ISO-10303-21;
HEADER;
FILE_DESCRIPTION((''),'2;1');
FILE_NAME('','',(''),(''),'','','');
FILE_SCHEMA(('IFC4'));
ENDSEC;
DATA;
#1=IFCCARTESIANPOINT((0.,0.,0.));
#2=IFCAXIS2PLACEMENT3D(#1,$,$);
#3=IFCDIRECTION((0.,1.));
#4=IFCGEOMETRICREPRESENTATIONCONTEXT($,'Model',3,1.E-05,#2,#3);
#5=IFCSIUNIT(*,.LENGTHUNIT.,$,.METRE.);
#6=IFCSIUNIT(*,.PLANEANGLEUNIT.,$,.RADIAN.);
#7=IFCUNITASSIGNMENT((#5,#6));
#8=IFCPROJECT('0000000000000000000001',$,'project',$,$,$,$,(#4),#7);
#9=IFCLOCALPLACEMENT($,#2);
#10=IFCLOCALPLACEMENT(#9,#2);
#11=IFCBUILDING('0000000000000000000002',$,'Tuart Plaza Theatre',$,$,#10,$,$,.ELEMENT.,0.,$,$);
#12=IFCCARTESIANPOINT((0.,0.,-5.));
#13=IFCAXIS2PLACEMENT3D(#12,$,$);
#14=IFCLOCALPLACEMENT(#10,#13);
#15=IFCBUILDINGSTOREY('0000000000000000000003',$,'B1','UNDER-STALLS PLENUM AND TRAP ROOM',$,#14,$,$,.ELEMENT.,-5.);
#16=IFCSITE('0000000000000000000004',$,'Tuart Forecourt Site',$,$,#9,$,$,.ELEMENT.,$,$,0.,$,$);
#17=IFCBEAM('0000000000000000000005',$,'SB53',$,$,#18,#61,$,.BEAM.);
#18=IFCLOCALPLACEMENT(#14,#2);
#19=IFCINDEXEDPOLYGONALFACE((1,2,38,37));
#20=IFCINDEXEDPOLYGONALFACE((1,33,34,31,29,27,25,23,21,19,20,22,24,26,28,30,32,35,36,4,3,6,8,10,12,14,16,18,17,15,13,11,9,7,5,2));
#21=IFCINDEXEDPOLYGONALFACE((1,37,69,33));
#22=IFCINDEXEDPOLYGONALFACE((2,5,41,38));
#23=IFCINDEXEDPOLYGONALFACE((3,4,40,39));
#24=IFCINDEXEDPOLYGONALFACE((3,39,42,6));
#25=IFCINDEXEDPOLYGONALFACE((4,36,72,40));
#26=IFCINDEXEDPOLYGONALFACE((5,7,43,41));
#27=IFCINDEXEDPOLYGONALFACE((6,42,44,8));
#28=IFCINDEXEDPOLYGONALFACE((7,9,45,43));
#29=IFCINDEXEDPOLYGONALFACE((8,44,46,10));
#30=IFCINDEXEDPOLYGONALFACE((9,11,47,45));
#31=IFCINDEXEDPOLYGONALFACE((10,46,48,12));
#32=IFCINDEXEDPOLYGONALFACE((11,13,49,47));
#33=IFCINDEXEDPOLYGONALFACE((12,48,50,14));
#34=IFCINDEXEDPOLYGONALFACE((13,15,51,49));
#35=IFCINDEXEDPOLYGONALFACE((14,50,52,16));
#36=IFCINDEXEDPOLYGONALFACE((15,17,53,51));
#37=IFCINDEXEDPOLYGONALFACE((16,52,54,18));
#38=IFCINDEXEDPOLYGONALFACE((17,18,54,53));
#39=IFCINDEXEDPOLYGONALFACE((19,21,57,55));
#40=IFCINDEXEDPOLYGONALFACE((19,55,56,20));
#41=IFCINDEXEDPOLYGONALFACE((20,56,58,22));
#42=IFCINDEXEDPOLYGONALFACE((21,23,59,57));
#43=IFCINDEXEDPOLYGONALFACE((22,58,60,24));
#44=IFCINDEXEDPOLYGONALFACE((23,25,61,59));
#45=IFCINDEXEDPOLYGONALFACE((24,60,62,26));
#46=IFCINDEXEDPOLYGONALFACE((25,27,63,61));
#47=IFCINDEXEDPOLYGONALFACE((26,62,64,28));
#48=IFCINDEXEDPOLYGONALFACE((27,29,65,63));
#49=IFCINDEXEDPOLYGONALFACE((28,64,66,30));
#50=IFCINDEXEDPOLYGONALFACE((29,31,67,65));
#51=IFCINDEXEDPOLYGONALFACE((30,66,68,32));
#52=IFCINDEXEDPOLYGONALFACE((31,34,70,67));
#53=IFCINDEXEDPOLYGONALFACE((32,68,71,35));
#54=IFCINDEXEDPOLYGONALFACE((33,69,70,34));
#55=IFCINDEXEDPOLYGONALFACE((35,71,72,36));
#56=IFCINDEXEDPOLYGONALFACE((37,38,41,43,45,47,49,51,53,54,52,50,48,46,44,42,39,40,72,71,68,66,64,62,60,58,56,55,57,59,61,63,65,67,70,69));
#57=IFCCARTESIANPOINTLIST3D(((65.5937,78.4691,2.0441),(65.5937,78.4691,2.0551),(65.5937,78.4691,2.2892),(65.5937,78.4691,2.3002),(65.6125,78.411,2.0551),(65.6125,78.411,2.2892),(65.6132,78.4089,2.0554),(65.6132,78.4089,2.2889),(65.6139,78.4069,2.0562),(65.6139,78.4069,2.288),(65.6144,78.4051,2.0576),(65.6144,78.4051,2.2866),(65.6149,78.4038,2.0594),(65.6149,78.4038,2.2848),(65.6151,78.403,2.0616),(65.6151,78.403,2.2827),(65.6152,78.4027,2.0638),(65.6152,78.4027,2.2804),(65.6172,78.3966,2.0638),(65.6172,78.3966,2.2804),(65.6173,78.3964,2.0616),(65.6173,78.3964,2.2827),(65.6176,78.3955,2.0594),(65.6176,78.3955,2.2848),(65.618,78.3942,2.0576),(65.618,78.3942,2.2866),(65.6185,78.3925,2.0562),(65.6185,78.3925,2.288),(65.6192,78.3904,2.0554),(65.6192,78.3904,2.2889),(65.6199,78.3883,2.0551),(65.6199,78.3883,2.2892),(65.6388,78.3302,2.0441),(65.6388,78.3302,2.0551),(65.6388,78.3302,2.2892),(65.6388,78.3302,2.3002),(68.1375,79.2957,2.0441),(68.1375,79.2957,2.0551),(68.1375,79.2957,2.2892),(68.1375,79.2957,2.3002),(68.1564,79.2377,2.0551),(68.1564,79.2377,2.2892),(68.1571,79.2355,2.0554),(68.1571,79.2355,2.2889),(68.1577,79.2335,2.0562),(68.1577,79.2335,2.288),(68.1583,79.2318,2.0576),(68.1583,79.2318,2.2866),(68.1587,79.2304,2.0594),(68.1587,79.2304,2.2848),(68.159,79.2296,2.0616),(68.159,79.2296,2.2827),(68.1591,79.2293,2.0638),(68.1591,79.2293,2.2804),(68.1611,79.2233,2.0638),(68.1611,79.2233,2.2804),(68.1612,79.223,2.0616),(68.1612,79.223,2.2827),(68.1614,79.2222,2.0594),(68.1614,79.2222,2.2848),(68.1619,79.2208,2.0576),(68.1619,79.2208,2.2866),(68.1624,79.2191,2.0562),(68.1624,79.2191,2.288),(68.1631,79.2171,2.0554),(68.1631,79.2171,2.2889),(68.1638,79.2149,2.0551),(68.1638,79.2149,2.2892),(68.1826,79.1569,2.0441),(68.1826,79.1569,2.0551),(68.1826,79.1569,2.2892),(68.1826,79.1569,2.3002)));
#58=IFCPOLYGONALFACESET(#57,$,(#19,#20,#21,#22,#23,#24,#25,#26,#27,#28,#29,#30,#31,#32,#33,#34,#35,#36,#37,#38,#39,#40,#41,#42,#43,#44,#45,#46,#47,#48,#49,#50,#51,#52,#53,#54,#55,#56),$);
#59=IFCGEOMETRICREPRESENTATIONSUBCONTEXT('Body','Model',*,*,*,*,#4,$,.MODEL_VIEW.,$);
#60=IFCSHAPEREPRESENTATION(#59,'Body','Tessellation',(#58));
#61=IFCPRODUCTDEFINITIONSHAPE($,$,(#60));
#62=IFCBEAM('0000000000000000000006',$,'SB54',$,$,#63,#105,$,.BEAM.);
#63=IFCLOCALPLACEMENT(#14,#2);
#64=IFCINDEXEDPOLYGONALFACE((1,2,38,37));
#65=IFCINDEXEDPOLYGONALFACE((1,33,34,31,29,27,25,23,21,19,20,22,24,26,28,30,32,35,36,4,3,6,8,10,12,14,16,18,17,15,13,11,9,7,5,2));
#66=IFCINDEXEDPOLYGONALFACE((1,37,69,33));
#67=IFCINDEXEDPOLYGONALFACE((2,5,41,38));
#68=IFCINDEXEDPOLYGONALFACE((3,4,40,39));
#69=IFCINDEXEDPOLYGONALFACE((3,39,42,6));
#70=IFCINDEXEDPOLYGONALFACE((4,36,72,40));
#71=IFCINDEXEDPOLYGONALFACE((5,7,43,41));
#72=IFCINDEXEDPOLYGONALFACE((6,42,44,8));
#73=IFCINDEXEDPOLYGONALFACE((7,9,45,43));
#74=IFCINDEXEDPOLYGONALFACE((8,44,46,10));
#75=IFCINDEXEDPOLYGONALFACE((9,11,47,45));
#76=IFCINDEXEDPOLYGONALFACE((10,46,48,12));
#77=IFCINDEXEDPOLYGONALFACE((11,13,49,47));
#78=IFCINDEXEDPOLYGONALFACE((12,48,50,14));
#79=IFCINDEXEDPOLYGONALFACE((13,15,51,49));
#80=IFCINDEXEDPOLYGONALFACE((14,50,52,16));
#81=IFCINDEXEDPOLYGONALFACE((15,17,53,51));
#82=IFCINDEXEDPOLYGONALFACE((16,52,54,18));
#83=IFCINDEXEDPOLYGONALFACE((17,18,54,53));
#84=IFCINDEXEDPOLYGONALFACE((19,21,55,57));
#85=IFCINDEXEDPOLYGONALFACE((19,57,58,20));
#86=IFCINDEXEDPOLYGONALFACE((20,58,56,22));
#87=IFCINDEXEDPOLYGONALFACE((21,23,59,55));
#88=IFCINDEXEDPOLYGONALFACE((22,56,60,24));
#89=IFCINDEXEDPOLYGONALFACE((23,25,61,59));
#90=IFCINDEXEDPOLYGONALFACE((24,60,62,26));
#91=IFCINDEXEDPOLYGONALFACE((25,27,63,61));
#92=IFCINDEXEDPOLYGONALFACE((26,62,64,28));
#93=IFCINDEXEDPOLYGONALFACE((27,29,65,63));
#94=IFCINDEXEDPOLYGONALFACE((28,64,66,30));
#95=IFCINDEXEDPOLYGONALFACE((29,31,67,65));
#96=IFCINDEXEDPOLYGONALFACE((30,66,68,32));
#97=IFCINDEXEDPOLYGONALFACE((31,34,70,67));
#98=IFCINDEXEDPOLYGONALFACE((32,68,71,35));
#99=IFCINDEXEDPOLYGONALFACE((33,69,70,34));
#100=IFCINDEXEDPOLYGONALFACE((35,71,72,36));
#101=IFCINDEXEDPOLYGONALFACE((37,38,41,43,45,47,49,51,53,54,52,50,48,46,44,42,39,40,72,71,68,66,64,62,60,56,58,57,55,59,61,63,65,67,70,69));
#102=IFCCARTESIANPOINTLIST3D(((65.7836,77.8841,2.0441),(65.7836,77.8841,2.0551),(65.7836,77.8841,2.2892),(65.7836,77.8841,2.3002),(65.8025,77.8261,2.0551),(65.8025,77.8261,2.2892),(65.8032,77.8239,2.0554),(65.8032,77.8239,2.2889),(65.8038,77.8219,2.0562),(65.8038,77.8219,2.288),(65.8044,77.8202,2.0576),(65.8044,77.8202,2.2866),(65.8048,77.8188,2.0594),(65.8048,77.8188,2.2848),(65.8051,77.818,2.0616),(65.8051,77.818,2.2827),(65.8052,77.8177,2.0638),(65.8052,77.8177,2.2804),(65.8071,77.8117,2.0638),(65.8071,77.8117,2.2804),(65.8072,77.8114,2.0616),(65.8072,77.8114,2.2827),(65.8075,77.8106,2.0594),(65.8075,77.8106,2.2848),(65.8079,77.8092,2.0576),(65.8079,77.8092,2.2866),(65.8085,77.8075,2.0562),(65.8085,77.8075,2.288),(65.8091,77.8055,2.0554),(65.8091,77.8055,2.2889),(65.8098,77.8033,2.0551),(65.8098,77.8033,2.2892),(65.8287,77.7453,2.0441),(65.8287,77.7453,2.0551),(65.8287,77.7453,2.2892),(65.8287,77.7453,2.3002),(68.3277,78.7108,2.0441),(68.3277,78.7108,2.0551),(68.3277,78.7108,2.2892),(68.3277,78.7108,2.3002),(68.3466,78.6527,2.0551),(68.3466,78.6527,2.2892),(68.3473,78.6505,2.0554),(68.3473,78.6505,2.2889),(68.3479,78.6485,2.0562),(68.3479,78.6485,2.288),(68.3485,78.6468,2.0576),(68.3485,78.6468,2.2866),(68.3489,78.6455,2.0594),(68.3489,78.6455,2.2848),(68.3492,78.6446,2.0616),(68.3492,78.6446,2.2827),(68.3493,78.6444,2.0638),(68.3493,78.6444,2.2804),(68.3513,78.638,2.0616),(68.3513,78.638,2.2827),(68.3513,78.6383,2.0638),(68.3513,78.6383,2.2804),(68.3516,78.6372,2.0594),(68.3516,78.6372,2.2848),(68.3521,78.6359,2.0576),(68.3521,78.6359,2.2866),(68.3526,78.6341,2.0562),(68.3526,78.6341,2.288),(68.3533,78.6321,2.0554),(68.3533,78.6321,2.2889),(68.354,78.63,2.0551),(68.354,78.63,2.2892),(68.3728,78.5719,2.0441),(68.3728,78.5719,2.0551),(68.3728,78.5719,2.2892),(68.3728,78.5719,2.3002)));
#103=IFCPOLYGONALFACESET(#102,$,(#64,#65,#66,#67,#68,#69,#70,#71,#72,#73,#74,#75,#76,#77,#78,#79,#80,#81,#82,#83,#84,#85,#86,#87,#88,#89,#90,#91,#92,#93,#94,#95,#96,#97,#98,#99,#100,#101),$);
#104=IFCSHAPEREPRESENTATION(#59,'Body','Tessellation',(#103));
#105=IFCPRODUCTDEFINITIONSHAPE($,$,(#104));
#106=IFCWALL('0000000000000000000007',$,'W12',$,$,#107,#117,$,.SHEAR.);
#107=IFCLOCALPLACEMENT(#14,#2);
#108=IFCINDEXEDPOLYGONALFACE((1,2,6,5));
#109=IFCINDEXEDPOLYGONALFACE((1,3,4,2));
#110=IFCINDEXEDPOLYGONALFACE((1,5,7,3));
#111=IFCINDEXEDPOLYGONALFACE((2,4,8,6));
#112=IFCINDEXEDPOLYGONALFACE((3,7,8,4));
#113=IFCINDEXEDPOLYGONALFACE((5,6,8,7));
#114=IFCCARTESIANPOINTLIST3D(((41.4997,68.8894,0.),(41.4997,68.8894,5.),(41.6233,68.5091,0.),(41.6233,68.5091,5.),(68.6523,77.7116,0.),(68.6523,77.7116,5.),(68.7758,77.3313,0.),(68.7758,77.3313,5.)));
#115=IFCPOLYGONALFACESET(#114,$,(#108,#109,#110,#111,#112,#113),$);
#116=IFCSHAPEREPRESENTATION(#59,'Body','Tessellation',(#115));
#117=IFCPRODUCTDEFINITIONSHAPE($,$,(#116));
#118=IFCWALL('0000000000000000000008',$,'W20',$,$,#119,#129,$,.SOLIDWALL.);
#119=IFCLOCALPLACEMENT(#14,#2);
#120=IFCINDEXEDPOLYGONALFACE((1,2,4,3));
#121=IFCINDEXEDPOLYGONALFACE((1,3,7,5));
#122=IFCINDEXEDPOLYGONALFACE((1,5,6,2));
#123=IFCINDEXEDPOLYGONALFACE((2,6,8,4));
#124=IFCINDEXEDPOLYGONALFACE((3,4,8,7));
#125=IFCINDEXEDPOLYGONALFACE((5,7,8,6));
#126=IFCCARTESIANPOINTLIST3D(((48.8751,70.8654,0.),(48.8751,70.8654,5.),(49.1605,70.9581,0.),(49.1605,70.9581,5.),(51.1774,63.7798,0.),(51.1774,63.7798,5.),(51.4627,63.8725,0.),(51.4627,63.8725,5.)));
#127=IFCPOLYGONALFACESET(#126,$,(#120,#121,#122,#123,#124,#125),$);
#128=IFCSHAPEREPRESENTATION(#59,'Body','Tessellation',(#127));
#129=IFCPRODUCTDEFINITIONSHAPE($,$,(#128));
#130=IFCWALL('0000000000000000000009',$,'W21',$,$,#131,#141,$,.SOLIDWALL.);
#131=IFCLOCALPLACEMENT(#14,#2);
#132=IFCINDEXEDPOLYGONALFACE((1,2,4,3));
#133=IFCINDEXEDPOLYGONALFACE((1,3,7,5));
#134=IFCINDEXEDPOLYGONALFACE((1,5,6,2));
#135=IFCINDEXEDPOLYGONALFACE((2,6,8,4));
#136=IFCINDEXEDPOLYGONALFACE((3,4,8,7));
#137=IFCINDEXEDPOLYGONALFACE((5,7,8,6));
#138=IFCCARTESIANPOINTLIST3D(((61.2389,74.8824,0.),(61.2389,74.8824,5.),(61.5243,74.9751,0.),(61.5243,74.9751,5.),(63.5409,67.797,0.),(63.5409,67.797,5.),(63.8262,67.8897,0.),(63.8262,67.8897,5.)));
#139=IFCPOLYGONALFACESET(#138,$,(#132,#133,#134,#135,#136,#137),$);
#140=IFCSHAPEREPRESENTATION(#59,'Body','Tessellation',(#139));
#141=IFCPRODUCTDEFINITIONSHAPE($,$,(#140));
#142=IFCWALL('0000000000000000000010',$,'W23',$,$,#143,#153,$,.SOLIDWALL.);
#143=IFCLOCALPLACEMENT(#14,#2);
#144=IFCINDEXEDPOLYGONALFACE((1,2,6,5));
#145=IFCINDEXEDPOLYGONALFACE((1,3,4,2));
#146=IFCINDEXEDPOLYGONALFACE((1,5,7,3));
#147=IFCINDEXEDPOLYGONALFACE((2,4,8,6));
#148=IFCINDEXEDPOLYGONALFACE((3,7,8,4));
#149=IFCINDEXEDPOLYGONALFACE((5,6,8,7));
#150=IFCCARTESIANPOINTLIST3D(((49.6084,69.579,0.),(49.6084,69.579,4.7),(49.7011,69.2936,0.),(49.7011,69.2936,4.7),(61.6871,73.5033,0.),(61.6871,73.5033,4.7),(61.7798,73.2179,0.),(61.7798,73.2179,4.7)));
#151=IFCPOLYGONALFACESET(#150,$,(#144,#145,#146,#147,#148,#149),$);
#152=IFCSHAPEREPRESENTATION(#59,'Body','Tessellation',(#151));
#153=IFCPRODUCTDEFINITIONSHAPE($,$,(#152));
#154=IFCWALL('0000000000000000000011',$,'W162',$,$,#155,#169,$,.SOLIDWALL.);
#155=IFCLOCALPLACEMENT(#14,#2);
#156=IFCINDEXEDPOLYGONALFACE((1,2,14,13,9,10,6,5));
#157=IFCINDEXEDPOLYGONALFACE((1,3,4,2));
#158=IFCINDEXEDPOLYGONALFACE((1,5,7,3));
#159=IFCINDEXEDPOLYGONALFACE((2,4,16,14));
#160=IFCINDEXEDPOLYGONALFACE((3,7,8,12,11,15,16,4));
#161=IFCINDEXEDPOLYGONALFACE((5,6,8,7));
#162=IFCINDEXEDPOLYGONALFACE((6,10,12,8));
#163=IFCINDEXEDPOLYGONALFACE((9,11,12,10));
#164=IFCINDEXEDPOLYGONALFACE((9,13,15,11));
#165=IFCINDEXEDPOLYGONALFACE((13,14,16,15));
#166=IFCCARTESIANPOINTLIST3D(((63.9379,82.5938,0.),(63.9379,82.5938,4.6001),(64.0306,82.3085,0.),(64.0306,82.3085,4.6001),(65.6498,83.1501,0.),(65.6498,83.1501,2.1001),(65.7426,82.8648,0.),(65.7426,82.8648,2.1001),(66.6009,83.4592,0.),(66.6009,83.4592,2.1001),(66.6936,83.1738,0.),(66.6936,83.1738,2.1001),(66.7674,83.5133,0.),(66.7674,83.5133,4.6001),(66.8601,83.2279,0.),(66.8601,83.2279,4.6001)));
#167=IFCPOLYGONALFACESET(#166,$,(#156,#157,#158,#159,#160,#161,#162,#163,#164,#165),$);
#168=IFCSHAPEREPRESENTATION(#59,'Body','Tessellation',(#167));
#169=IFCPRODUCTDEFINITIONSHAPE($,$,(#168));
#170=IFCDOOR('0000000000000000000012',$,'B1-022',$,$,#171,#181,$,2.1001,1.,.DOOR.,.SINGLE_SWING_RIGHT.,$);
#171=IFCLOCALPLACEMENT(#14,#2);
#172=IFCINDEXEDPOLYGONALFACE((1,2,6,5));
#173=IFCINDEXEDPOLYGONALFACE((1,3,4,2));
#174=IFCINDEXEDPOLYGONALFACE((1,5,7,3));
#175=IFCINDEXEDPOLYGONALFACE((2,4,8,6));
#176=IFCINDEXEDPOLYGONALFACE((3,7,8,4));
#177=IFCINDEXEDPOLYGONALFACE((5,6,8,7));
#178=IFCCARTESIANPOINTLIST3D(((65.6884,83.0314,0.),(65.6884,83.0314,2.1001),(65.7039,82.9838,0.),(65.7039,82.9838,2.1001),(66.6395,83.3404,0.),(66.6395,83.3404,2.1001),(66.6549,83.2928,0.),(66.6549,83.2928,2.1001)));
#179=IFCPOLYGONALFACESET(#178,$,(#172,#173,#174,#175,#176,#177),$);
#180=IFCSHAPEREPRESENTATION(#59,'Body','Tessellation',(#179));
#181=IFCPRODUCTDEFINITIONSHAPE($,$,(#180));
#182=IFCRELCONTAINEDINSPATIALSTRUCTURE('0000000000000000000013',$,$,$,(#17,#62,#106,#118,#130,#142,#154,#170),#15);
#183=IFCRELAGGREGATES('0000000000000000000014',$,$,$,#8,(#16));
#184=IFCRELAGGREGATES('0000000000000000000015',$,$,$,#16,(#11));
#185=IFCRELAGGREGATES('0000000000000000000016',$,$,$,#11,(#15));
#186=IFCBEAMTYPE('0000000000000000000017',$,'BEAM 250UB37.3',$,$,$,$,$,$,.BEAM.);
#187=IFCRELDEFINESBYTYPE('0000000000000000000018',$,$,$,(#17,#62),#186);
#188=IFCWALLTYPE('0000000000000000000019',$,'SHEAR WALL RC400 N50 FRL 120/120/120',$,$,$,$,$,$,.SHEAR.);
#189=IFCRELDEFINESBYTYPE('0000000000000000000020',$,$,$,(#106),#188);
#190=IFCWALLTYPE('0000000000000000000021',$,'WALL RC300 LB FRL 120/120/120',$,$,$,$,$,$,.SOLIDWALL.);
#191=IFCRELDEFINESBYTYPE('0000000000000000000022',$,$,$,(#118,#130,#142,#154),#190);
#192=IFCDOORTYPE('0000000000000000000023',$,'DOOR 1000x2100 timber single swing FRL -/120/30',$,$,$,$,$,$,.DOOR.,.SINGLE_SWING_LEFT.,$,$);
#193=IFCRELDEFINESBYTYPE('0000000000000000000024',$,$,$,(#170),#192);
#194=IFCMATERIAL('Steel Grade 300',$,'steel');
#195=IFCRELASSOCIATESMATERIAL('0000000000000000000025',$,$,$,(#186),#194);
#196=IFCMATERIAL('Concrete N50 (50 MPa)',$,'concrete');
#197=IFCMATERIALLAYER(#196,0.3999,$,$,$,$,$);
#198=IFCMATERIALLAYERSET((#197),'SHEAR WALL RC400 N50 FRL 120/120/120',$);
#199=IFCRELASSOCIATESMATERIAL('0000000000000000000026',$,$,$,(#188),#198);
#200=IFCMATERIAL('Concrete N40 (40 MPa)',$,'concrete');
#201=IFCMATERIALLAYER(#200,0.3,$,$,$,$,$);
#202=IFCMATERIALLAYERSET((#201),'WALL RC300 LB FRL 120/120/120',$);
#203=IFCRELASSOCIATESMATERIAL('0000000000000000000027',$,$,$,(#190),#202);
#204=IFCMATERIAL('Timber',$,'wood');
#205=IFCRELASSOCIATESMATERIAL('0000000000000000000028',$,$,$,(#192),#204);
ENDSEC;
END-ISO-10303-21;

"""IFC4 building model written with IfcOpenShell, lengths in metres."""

from ifc_helpers import new_model, si_unit, direction, frame, frame_2d, origin, origin_2d, place, context, subcontext, project, spatial, rectangle, i_section, extrude, material, layer, layer_set, material_profile, profile_set, type_object, element, fill, save


model = new_model("IFC4")

# Units and contexts
model_context = context("Model", 3, precision=1e-05, world=origin(), true_north=direction((0.0, 1.0)))
body_context = subcontext(model_context, "Body", "Model", "MODEL_VIEW")
ifc_project = project(units=[si_unit("LENGTHUNIT", "METRE"), si_unit("PLANEANGLEUNIT", "RADIAN")], contexts=[model_context])

# Site, building, storey
site_placement = place(None, origin())
site = spatial("IfcSite", under=ifc_project, at=site_placement, Name="Tuart Forecourt Site", CompositionType="ELEMENT", RefElevation=0.0)
building_placement = place(site_placement, origin())
building = spatial("IfcBuilding", under=site, at=building_placement, Name="Tuart Plaza Theatre", CompositionType="ELEMENT", ElevationOfRefHeight=0.0)
storey_placement = place(building_placement, frame((0.0, 0.0, -5.0)))
storey = spatial("IfcBuildingStorey", under=building, at=storey_placement, Name="B1", Description="UNDER-STALLS PLENUM AND TRAP ROOM", CompositionType="ELEMENT", Elevation=-5.0)

# Beams
ifc_material_1 = material(Name="Steel Grade 300", Category="steel")
ifc_material_profile_1 = material_profile(ifc_material_1, i_section(OverallWidth=0.146, OverallDepth=0.2561, WebThickness=0.0063, FlangeThickness=0.011, FilletRadius=0.0088, at=origin_2d()), Name="250UB37.3")
ifc_profile_set_1 = profile_set([ifc_material_profile_1], Name="Steel Grade 300")
beam_type = type_object("IfcBeamType", Name="BEAM 250UB37.3", PredefinedType="BEAM", material=ifc_profile_set_1)
beam_1_placement = place(storey_placement, frame((65.6162, 78.3997, 2.1721), z_axis=(0.951047, 0.309045, 0.0), x_axis=(-0.309045, 0.951047, 0.0)))
element("IfcBeam", 1, at=beam_1_placement, inside=storey, type_object=beam_type, Name="SB53", PredefinedType="BEAM", context=body_context, shape_type="SweptSolid", body=[
    extrude(i_section(OverallWidth=0.146, OverallDepth=0.2561, WebThickness=0.0063, FlangeThickness=0.011, FilletRadius=0.0088, at=origin_2d()), origin(), (0.0, 0.0, 1.0), 2.6748),
])
beam_2_placement = place(storey_placement, frame((65.8062, 77.8147, 2.1721), z_axis=(0.951056, 0.309018, 0.0), x_axis=(-0.309018, 0.951056, 0.0)))
element("IfcBeam", 2, at=beam_2_placement, inside=storey, type_object=beam_type, Name="SB54", PredefinedType="BEAM", context=body_context, shape_type="SweptSolid", body=[
    extrude(i_section(OverallWidth=0.146, OverallDepth=0.2561, WebThickness=0.0063, FlangeThickness=0.011, FilletRadius=0.0088, at=origin_2d()), origin(), (0.0, 0.0, 1.0), 2.675),
])

# Walls
ifc_material_2 = material(Name="Concrete N50 (50 MPa)", Category="concrete")
ifc_layer_1 = layer(ifc_material_2, 0.3999)
ifc_layer_set_1 = layer_set([ifc_layer_1], Name="SHEAR WALL RC400 N50 FRL 120/120/120")
wall_type_1 = type_object("IfcWallType", Name="SHEAR WALL RC400 N50 FRL 120/120/120", PredefinedType="SHEAR", material=ifc_layer_set_1)
wall_1_placement = place(storey_placement, frame((41.5615, 68.6992, 0.0), z_axis=(0.0, 0.0, 1.0), x_axis=(0.951058, 0.309012, 0.0)))
element("IfcWall", 3, at=wall_1_placement, inside=storey, type_object=wall_type_1, Name="W12", PredefinedType="SHEAR", context=body_context, shape_type="SweptSolid", body=[
    extrude(rectangle(XDim=28.5498, YDim=0.3999, at=frame_2d((14.2749, 0.0))), origin(), (0.0, 0.0, 1.0), 5.0),
])
ifc_material_3 = material(Name="Concrete N40 (40 MPa)", Category="concrete")
ifc_layer_2 = layer(ifc_material_3, 0.3)
ifc_layer_set_2 = layer_set([ifc_layer_2], Name="WALL RC300 LB FRL 120/120/120")
wall_type_2 = type_object("IfcWallType", Name="WALL RC300 LB FRL 120/120/120", PredefinedType="SOLIDWALL", material=ifc_layer_set_2)
wall_2_placement = place(storey_placement, frame((51.3201, 63.8262, 0.0), z_axis=(0.0, 0.0, 1.0), x_axis=(-0.309022, 0.951055, 0.0)))
element("IfcWall", 4, at=wall_2_placement, inside=storey, type_object=wall_type_2, Name="W20", PredefinedType="SOLIDWALL", context=body_context, shape_type="SweptSolid", body=[
    extrude(rectangle(XDim=7.4502, YDim=0.3, at=frame_2d((3.7251, 0.0))), origin(), (0.0, 0.0, 1.0), 5.0),
])
wall_3_placement = place(storey_placement, frame((63.6836, 67.8433, 0.0), z_axis=(0.0, 0.0, 1.0), x_axis=(-0.308993, 0.951064, 0.0)))
element("IfcWall", 5, at=wall_3_placement, inside=storey, type_object=wall_type_2, Name="W21", PredefinedType="SOLIDWALL", context=body_context, shape_type="SweptSolid", body=[
    extrude(rectangle(XDim=7.45, YDim=0.3, at=frame_2d((3.7251, 0.0))), origin(), (0.0, 0.0, 1.0), 5.0),
])
wall_4_placement = place(storey_placement, frame((49.6548, 69.4363, 0.0), z_axis=(0.0, 0.0, 1.0), x_axis=(0.951063, 0.308998, 0.0)))
element("IfcWall", 6, at=wall_4_placement, inside=storey, type_object=wall_type_2, Name="W23", PredefinedType="SOLIDWALL", context=body_context, shape_type="SweptSolid", body=[
    extrude(rectangle(XDim=12.7002, YDim=0.3, at=frame_2d((6.3501, 0.0))), origin(), (0.0, 0.0, 1.0), 4.7),
])

# Wall, opening, door
wall_5_placement = place(storey_placement, frame((66.8137, 83.3706, 0.0), z_axis=(0.0, 0.0, 1.0), x_axis=(-0.951044, -0.309055, 0.0)))
wall_5 = element("IfcWall", 7, at=wall_5_placement, inside=storey, type_object=wall_type_2, Name="W162", PredefinedType="SOLIDWALL", context=body_context, shape_type="SweptSolid", body=[
    extrude(rectangle(XDim=2.9751, YDim=0.3, at=frame_2d((1.4875, 0.0))), origin(), (0.0, 0.0, 1.0), 4.6001),
])
opening_placement = place(wall_5_placement, frame((0.175, 0.0, 0.0)))
opening = element("IfcOpeningElement", 8, at=opening_placement, cuts=wall_5, PredefinedType="OPENING", context=body_context, shape_type="SweptSolid", body=[
    extrude(rectangle(XDim=1.0, YDim=2.1001, at=frame_2d((0.5, 1.05))), frame((0.0, 0.1599, 0.0), z_axis=(0.0, -1.0, 0.0), x_axis=(1.0, 0.0, 0.0)), (0.0, 0.0, 1.0), 0.3201),
])
ifc_material_4 = material(Name="Timber", Category="wood")
door_type = type_object("IfcDoorType", Name="DOOR 1000x2100 timber single swing FRL -/120/30", OperationType="SINGLE_SWING_LEFT", PredefinedType="DOOR", material=ifc_material_4)
door_placement = place(opening_placement, origin())
door = element("IfcDoor", 9, at=door_placement, inside=storey, type_object=door_type, Name="B1-022", OperationType="SINGLE_SWING_RIGHT", OverallHeight=2.1001, OverallWidth=1.0, PredefinedType="DOOR", context=body_context, shape_type="SweptSolid", body=[
    extrude(rectangle(XDim=1.0, YDim=2.1001, at=frame_2d((0.5, 1.05))), frame((0.0, 0.0249, 0.0), z_axis=(0.0, -1.0, 0.0), x_axis=(1.0, 0.0, 0.0)), (0.0, 0.0, 1.0), 0.05),
])
fill(opening, door)

save(model, "model.ifc")
